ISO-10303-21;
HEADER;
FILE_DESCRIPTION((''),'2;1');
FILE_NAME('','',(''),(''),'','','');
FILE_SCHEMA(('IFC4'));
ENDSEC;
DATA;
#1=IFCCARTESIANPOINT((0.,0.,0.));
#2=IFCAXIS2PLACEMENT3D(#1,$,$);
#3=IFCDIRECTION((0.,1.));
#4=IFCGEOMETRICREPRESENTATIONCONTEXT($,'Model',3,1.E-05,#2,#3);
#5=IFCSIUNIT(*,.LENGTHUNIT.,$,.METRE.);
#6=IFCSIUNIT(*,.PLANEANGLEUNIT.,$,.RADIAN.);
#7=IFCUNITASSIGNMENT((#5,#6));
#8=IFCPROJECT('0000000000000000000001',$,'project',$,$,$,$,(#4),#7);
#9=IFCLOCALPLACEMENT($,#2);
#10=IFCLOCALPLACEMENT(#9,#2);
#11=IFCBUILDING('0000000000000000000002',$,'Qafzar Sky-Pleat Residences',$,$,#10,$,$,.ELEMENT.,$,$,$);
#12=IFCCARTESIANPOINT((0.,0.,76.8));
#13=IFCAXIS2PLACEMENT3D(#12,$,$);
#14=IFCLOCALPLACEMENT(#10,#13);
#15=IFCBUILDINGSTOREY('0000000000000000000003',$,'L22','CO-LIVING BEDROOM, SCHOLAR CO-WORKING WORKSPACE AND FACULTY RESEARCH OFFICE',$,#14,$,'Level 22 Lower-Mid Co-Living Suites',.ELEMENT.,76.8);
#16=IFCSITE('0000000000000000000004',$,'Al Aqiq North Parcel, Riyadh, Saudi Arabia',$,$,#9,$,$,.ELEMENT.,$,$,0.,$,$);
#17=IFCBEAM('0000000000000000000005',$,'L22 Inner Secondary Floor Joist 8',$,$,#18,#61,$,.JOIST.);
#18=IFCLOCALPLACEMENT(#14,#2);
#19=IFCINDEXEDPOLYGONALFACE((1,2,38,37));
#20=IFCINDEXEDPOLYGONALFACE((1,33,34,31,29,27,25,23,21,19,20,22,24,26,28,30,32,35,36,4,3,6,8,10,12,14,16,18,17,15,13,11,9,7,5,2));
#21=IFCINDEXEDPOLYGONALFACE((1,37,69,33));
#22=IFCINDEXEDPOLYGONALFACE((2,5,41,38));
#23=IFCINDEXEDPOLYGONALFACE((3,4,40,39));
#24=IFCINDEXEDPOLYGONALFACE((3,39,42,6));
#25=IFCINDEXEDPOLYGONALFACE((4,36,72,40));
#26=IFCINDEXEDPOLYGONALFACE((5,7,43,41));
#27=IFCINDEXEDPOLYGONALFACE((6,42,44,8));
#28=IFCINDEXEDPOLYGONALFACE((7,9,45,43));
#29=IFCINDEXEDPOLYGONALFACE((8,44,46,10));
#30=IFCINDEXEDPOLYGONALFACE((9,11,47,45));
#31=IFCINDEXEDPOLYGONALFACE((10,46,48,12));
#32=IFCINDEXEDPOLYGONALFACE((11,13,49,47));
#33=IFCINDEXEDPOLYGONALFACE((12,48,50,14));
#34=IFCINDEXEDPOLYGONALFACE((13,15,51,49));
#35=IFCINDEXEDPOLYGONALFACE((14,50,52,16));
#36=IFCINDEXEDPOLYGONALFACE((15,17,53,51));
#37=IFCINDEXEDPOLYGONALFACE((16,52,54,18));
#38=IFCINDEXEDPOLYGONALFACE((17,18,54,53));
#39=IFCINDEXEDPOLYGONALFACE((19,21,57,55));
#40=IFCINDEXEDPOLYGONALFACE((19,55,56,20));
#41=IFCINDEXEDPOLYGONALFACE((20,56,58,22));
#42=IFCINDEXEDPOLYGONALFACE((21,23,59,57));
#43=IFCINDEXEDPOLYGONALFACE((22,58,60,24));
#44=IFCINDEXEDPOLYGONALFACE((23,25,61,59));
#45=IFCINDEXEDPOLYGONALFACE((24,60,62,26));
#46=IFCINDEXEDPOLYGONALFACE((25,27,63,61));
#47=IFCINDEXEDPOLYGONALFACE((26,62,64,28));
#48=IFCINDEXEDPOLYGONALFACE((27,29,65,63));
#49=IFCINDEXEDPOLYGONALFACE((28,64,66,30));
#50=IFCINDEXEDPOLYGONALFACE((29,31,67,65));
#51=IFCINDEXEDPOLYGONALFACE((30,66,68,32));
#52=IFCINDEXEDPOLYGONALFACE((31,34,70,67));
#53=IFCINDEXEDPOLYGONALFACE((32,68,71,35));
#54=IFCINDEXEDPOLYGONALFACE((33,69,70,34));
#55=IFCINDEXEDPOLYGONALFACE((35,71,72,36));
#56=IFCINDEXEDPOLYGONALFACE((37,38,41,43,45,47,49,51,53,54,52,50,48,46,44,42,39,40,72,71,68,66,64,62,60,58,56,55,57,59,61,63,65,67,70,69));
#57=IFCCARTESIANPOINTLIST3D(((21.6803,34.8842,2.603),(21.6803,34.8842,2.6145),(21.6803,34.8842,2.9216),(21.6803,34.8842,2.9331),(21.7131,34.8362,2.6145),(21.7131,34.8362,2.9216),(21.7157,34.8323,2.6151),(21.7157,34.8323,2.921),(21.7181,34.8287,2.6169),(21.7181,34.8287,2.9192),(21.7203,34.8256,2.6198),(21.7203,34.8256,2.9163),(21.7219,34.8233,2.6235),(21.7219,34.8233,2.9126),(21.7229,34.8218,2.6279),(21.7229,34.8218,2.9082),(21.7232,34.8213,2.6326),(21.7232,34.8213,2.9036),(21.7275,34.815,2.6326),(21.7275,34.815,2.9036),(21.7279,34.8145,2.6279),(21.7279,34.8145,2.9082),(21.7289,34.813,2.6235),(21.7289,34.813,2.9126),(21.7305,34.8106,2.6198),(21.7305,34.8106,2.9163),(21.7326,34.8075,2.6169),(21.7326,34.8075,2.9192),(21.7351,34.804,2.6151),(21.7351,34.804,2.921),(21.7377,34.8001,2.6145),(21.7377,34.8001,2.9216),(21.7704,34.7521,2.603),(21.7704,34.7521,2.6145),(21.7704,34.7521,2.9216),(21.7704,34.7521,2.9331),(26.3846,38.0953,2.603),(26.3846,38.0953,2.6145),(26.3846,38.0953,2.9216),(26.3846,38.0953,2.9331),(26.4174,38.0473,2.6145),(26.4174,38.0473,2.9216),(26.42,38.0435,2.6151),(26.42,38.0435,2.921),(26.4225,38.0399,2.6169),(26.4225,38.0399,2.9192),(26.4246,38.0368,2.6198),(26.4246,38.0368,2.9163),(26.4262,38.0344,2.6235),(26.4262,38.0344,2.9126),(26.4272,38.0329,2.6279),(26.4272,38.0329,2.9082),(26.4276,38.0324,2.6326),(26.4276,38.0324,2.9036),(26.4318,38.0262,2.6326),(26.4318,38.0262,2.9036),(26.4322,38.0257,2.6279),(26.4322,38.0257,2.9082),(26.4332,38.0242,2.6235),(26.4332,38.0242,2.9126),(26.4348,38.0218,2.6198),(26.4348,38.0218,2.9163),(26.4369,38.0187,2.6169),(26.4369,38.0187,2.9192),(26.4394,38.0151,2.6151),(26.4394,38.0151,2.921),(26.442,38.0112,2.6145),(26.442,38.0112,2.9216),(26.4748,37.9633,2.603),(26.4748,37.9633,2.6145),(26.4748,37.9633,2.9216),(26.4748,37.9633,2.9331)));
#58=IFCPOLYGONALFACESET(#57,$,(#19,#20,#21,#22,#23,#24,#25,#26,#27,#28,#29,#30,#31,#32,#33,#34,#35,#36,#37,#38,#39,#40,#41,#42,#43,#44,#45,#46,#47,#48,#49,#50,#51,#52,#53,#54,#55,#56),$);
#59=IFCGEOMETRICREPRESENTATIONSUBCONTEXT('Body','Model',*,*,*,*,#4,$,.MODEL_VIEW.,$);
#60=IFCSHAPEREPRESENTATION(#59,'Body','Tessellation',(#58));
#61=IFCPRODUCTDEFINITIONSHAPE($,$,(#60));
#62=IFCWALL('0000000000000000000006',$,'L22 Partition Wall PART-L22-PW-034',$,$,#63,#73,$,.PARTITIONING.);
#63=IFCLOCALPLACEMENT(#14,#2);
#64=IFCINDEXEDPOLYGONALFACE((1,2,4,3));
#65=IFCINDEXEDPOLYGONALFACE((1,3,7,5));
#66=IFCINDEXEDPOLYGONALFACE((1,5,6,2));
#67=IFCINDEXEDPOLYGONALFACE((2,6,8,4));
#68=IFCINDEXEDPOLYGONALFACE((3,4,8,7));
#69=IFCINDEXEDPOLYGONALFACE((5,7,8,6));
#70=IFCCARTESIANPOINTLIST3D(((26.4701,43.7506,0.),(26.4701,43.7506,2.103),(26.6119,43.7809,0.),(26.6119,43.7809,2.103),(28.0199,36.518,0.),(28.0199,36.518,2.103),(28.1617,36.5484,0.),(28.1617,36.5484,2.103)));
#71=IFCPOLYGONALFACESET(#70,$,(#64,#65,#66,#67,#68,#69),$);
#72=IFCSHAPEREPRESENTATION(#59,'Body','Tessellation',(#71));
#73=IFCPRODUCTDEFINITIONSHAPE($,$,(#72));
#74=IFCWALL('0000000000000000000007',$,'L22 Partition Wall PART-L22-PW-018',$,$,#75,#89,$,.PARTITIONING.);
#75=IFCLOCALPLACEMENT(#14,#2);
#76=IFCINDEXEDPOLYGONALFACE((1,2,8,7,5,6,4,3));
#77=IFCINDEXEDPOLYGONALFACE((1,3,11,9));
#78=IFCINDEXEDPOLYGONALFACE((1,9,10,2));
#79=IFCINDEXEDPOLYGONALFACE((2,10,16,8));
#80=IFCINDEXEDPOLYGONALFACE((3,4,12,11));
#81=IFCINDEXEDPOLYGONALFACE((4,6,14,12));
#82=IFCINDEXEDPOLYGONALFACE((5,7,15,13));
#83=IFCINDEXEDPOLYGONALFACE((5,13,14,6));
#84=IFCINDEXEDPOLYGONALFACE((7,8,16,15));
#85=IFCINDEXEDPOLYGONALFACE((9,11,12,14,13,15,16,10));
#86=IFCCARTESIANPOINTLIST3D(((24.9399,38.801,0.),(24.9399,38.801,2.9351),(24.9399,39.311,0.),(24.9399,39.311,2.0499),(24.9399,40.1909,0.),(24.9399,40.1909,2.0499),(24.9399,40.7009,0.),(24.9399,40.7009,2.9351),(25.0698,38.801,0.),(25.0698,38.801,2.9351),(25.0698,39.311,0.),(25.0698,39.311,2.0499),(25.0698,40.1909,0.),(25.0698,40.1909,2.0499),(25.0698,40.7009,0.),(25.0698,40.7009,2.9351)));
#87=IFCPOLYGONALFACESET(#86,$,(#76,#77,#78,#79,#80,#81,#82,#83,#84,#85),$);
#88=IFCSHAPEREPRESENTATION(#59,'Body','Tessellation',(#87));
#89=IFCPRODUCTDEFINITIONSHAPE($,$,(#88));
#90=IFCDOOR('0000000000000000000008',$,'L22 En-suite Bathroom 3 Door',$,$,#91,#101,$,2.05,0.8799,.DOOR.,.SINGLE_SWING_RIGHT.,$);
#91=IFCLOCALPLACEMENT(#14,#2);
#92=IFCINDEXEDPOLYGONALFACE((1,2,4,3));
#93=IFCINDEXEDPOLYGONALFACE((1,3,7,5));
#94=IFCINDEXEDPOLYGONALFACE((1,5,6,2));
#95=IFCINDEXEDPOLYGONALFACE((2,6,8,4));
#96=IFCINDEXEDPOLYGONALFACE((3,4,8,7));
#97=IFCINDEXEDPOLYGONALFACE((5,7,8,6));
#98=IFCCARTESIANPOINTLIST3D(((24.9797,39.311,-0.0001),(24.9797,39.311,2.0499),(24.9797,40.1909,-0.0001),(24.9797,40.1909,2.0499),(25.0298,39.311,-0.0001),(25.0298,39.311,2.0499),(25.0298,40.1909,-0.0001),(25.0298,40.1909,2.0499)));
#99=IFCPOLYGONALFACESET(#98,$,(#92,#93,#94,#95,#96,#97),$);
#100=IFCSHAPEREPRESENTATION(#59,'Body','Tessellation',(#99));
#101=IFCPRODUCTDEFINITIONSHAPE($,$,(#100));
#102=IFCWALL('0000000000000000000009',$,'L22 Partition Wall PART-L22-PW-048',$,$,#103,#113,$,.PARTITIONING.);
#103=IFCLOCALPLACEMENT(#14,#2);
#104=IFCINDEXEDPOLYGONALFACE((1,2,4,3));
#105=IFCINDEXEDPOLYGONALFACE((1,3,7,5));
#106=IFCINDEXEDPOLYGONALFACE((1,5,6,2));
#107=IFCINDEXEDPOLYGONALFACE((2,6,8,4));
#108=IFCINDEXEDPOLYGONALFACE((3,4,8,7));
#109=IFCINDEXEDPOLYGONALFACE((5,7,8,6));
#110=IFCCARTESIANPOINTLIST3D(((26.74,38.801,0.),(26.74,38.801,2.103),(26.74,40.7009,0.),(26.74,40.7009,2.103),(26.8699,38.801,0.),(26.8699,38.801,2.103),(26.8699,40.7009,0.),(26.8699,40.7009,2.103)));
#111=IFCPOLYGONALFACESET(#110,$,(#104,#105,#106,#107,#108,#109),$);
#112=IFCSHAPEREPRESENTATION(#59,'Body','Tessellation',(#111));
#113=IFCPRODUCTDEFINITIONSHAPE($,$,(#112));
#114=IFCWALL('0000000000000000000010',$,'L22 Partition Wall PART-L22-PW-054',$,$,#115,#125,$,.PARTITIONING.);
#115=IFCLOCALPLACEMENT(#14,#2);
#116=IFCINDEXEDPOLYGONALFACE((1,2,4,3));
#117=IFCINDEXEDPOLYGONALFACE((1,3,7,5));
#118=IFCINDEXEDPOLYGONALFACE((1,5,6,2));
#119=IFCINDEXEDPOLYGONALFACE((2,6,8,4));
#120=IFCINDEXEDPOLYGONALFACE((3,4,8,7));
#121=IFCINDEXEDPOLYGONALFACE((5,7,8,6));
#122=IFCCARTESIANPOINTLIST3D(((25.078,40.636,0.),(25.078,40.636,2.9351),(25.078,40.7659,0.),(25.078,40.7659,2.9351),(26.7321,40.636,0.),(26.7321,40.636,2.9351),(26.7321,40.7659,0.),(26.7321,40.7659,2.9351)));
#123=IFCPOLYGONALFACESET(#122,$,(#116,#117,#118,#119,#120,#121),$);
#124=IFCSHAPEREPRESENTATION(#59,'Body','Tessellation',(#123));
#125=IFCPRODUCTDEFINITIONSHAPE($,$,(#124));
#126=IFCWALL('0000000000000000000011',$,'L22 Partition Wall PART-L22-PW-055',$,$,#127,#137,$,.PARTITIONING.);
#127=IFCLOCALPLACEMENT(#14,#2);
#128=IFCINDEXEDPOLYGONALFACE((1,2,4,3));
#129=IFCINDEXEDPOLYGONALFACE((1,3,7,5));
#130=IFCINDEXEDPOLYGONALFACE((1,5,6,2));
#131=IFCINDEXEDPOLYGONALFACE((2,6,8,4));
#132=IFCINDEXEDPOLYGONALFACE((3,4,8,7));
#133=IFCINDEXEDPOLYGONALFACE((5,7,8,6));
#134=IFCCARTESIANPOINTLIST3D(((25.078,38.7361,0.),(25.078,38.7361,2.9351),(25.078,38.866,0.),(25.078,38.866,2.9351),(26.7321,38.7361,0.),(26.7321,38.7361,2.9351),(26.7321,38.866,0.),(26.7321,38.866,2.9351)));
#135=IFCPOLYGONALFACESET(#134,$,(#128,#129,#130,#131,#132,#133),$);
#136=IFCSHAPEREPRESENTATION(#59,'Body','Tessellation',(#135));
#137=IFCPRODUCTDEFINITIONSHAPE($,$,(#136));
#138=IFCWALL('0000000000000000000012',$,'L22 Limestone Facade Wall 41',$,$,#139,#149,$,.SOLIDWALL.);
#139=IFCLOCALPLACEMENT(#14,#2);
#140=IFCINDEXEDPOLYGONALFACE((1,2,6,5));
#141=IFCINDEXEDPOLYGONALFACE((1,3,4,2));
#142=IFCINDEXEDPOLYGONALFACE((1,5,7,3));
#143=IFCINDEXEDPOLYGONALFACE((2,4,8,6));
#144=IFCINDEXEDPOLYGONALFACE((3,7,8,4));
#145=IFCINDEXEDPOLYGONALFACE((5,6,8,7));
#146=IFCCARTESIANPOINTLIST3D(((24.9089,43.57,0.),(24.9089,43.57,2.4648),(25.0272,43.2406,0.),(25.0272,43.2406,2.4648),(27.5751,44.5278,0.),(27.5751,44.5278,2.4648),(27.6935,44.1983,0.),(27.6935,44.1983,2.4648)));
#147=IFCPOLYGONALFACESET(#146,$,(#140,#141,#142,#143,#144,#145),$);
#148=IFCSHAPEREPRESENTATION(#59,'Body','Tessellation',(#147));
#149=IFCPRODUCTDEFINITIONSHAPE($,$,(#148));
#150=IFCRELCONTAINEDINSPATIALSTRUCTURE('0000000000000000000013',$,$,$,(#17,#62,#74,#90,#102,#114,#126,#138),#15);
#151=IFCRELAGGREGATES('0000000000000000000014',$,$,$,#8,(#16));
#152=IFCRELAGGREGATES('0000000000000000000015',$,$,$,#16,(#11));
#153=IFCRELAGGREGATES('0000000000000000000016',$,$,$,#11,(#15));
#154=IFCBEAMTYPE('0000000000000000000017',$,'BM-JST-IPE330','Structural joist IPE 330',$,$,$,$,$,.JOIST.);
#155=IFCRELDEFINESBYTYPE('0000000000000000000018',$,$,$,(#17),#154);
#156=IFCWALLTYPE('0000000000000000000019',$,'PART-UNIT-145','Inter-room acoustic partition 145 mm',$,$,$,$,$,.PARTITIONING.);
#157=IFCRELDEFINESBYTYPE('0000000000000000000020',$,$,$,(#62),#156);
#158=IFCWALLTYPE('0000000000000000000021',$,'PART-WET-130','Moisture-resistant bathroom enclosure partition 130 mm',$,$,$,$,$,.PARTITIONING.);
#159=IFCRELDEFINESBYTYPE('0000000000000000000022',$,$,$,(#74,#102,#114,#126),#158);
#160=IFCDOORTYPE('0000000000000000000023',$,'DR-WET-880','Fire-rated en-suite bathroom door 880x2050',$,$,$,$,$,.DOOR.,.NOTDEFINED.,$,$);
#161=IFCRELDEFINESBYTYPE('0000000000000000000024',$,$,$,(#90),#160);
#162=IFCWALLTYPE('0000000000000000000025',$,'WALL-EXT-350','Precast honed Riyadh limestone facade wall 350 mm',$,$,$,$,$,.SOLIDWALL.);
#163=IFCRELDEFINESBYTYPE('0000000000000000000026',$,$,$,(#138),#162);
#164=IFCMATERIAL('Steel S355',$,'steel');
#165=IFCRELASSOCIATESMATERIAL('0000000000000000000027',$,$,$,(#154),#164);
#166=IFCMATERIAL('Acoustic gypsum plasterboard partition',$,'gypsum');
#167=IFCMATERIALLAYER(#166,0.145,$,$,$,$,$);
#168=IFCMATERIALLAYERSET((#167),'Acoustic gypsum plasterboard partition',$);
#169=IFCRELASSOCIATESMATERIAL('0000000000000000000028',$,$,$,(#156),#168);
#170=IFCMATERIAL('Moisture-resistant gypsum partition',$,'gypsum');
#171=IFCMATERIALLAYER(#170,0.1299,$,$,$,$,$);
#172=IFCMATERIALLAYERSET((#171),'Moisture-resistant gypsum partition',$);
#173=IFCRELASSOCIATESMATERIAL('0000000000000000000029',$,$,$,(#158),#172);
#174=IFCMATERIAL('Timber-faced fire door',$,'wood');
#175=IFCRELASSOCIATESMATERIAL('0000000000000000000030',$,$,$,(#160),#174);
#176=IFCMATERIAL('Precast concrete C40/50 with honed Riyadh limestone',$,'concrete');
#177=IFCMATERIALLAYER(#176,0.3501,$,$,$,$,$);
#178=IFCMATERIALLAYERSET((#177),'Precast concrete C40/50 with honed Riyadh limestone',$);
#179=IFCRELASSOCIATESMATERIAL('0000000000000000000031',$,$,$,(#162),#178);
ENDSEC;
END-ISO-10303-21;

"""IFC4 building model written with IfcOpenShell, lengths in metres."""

from ifc_helpers import new_model, si_unit, direction, frame, frame_2d, origin, origin_2d, place, context, subcontext, project, spatial, rectangle, i_section, extrude, source, transform, mapped, material, layer, layer_set, material_profile, profile_set, type_object, element, fill, save


model = new_model("IFC4")

# Units and contexts
model_context = context("Model", 3, precision=1e-05, world=origin(), true_north=direction((0.0, 1.0)))
body_context = subcontext(model_context, "Body", "Model", "MODEL_VIEW")
ifc_project = project(units=[si_unit("LENGTHUNIT", "METRE"), si_unit("PLANEANGLEUNIT", "RADIAN")], contexts=[model_context])

# Site, building, storey
site_placement = place(None, origin())
site = spatial("IfcSite", under=ifc_project, at=site_placement, Name="Al Aqiq North Parcel, Riyadh, Saudi Arabia", CompositionType="ELEMENT", RefElevation=0.0)
building_placement = place(site_placement, origin())
building = spatial("IfcBuilding", under=site, at=building_placement, Name="Qafzar Sky-Pleat Residences", CompositionType="ELEMENT")
storey_placement = place(building_placement, frame((0.0, 0.0, 76.8)))
storey = spatial("IfcBuildingStorey", under=building, at=storey_placement, Name="L22", Description="CO-LIVING BEDROOM, SCHOLAR CO-WORKING WORKSPACE AND FACULTY RESEARCH OFFICE", LongName="Level 22 Lower-Mid Co-Living Suites", CompositionType="ELEMENT", Elevation=76.8)

# Beam
ifc_material_1 = material(Name="Steel S355", Category="steel")
ifc_material_profile_1 = material_profile(ifc_material_1, i_section(OverallWidth=0.1599, OverallDepth=0.3301, WebThickness=0.0076, FlangeThickness=0.0115, FilletRadius=0.0181, at=origin_2d()), Name="IPE 330")
ifc_profile_set_1 = profile_set([ifc_material_profile_1], Name="Steel S355")
beam_type_1 = type_object("IfcBeamType", Name="BM-JST-IPE330", Description="Structural joist IPE 330", PredefinedType="JOIST", material=ifc_profile_set_1)
shared_shape_1 = source(origin(), body_context, "Body", "SweptSolid", [
    extrude(i_section(OverallWidth=0.1599, OverallDepth=0.3301, WebThickness=0.0076, FlangeThickness=0.0115, FilletRadius=0.0181, at=origin_2d()), origin(), (0.0, 0.0, 1.0), 5.6958),
])
beam_1_placement = place(storey_placement, frame((26.4297, 38.0293, 2.7681), z_axis=(-0.825927, -0.563777, 0.0), x_axis=(0.563777, -0.825927, 0.0)))
element("IfcBeam", 1, at=beam_1_placement, inside=storey, type_object=beam_type_1, Name="L22 Inner Secondary Floor Joist 8", PredefinedType="JOIST", context=body_context, shape_type="MappedRepresentation", body=[
    mapped(shared_shape_1, transform((0.0, 0.0, 0.0), x_axis=(1.0, 0.0, 0.0), y_axis=(0.0, 1.0, 0.0), z_axis=(0.0, 0.0, 1.0), scale=1.0)),
])

# Wall
ifc_material_2 = material(Name="Acoustic gypsum plasterboard partition", Category="gypsum")
ifc_layer_1 = layer(ifc_material_2, 0.145)
ifc_layer_set_1 = layer_set([ifc_layer_1], Name="Acoustic gypsum plasterboard partition")
wall_type_1 = type_object("IfcWallType", Name="PART-UNIT-145", Description="Inter-room acoustic partition 145 mm", PredefinedType="PARTITIONING", material=ifc_layer_set_1)
wall_1_placement = place(storey_placement, frame((26.541, 43.7656, 0.0), z_axis=(0.0, 0.0, 1.0), x_axis=(0.209522, -0.977804, 0.0)))
element("IfcWall", 2, at=wall_1_placement, inside=storey, type_object=wall_type_1, Name="L22 Partition Wall PART-L22-PW-034", PredefinedType="PARTITIONING", context=body_context, shape_type="SweptSolid", body=[
    extrude(rectangle(XDim=7.3967, YDim=0.145, at=frame_2d((3.6982, 0.0))), origin(), (0.0, 0.0, 1.0), 2.103),
])

# Wall, opening, door
ifc_material_3 = material(Name="Moisture-resistant gypsum partition", Category="gypsum")
ifc_layer_2 = layer(ifc_material_3, 0.1299)
ifc_layer_set_2 = layer_set([ifc_layer_2], Name="Moisture-resistant gypsum partition")
wall_type_2 = type_object("IfcWallType", Name="PART-WET-130", Description="Moisture-resistant bathroom enclosure partition 130 mm", PredefinedType="PARTITIONING", material=ifc_layer_set_2)
wall_2_placement = place(storey_placement, frame((25.0049, 40.7009, 0.0), z_axis=(0.0, 0.0, 1.0), x_axis=(0.0, -1.0, 0.0)))
wall_2 = element("IfcWall", 3, at=wall_2_placement, inside=storey, type_object=wall_type_2, Name="L22 Partition Wall PART-L22-PW-018", PredefinedType="PARTITIONING", context=body_context, shape_type="SweptSolid", body=[
    extrude(rectangle(XDim=1.8999, YDim=0.1299, at=frame_2d((0.95, 0.0))), origin(), (0.0, 0.0, 1.0), 2.9351),
])
opening_1_placement = place(wall_2_placement, frame((0.51, 0.0, 0.0)))
opening_1 = element("IfcOpeningElement", 4, at=opening_1_placement, cuts=wall_2, PredefinedType="OPENING", context=body_context, shape_type="SweptSolid", body=[
    extrude(rectangle(XDim=0.8799, YDim=2.05, at=frame_2d((0.4399, 1.0249))), frame((0.0, 0.075, 0.0), z_axis=(0.0, -1.0, 0.0), x_axis=(1.0, 0.0, 0.0)), (0.0, 0.0, 1.0), 0.1499),
])
ifc_material_4 = material(Name="Timber-faced fire door", Category="wood")
door_type_1 = type_object("IfcDoorType", Name="DR-WET-880", Description="Fire-rated en-suite bathroom door 880x2050", OperationType="NOTDEFINED", PredefinedType="DOOR", material=ifc_material_4)
shared_shape_2 = source(origin(), body_context, "Body", "SweptSolid", [
    extrude(rectangle(XDim=0.8799, YDim=2.05, at=frame_2d((0.4399, 1.0249))), frame((0.0, 0.0249, 0.0), z_axis=(0.0, -1.0, 0.0), x_axis=(1.0, 0.0, 0.0)), (0.0, 0.0, 1.0), 0.05),
])
door_1_placement = place(opening_1_placement, origin())
door_1 = element("IfcDoor", 5, at=door_1_placement, inside=storey, type_object=door_type_1, Name="L22 En-suite Bathroom 3 Door", OperationType="SINGLE_SWING_RIGHT", OverallHeight=2.05, OverallWidth=0.8799, PredefinedType="DOOR", context=body_context, shape_type="MappedRepresentation", body=[
    mapped(shared_shape_2, transform((0.0, 0.0, 0.0), x_axis=(1.0, 0.0, 0.0), y_axis=(0.0, 1.0, 0.0), z_axis=(0.0, 0.0, 1.0), scale=1.0)),
])
fill(opening_1, door_1)

# Walls
wall_3_placement = place(storey_placement, frame((26.8049, 38.801, 0.0), z_axis=(0.0, 0.0, 1.0), x_axis=(0.0, 1.0, 0.0)))
element("IfcWall", 6, at=wall_3_placement, inside=storey, type_object=wall_type_2, Name="L22 Partition Wall PART-L22-PW-048", PredefinedType="PARTITIONING", context=body_context, shape_type="SweptSolid", body=[
    extrude(rectangle(XDim=1.8999, YDim=0.1299, at=frame_2d((0.95, 0.0))), origin(), (0.0, 0.0, 1.0), 2.103),
])
for number, where, z_axis, x_axis, name in (
    (7, (25.0779, 40.7009, 0.0), (0.0, 0.0, 1.0), (1.0, 0.0, 0.0), "L22 Partition Wall PART-L22-PW-054"),
    (8, (25.0779, 38.801, 0.0), (0.0, 0.0, 1.0), (1.0, 0.0, 0.0), "L22 Partition Wall PART-L22-PW-055"),
):
    element("IfcWall", number, at=place(storey_placement, frame(where, z_axis=z_axis, x_axis=x_axis)), inside=storey, type_object=wall_type_2, Name=name, PredefinedType="PARTITIONING", context=body_context, shape_type="SweptSolid", body=[
        extrude(rectangle(XDim=1.6541, YDim=0.1299, at=frame_2d((0.8271, 0.0))), origin(), (0.0, 0.0, 1.0), 2.9351),
    ])
ifc_material_5 = material(Name="Precast concrete C40/50 with honed Riyadh limestone", Category="concrete")
ifc_layer_3 = layer(ifc_material_5, 0.3501)
ifc_layer_set_3 = layer_set([ifc_layer_3], Name="Precast concrete C40/50 with honed Riyadh limestone")
wall_type_3 = type_object("IfcWallType", Name="WALL-EXT-350", Description="Precast honed Riyadh limestone facade wall 350 mm", PredefinedType="SOLIDWALL", material=ifc_layer_set_3)
wall_4_placement = place(storey_placement, frame((27.6343, 44.363, 0.0), z_axis=(0.0, 0.0, 1.0), x_axis=(-0.941122, -0.338066, 0.0)))
element("IfcWall", 9, at=wall_4_placement, inside=storey, type_object=wall_type_3, Name="L22 Limestone Facade Wall 41", PredefinedType="SOLIDWALL", context=body_context, shape_type="SweptSolid", body=[
    extrude(rectangle(XDim=2.833, YDim=0.3501, at=frame_2d((1.4165, 0.0))), origin(), (0.0, 0.0, 1.0), 2.4648),
])

save(model, "model.ifc")
